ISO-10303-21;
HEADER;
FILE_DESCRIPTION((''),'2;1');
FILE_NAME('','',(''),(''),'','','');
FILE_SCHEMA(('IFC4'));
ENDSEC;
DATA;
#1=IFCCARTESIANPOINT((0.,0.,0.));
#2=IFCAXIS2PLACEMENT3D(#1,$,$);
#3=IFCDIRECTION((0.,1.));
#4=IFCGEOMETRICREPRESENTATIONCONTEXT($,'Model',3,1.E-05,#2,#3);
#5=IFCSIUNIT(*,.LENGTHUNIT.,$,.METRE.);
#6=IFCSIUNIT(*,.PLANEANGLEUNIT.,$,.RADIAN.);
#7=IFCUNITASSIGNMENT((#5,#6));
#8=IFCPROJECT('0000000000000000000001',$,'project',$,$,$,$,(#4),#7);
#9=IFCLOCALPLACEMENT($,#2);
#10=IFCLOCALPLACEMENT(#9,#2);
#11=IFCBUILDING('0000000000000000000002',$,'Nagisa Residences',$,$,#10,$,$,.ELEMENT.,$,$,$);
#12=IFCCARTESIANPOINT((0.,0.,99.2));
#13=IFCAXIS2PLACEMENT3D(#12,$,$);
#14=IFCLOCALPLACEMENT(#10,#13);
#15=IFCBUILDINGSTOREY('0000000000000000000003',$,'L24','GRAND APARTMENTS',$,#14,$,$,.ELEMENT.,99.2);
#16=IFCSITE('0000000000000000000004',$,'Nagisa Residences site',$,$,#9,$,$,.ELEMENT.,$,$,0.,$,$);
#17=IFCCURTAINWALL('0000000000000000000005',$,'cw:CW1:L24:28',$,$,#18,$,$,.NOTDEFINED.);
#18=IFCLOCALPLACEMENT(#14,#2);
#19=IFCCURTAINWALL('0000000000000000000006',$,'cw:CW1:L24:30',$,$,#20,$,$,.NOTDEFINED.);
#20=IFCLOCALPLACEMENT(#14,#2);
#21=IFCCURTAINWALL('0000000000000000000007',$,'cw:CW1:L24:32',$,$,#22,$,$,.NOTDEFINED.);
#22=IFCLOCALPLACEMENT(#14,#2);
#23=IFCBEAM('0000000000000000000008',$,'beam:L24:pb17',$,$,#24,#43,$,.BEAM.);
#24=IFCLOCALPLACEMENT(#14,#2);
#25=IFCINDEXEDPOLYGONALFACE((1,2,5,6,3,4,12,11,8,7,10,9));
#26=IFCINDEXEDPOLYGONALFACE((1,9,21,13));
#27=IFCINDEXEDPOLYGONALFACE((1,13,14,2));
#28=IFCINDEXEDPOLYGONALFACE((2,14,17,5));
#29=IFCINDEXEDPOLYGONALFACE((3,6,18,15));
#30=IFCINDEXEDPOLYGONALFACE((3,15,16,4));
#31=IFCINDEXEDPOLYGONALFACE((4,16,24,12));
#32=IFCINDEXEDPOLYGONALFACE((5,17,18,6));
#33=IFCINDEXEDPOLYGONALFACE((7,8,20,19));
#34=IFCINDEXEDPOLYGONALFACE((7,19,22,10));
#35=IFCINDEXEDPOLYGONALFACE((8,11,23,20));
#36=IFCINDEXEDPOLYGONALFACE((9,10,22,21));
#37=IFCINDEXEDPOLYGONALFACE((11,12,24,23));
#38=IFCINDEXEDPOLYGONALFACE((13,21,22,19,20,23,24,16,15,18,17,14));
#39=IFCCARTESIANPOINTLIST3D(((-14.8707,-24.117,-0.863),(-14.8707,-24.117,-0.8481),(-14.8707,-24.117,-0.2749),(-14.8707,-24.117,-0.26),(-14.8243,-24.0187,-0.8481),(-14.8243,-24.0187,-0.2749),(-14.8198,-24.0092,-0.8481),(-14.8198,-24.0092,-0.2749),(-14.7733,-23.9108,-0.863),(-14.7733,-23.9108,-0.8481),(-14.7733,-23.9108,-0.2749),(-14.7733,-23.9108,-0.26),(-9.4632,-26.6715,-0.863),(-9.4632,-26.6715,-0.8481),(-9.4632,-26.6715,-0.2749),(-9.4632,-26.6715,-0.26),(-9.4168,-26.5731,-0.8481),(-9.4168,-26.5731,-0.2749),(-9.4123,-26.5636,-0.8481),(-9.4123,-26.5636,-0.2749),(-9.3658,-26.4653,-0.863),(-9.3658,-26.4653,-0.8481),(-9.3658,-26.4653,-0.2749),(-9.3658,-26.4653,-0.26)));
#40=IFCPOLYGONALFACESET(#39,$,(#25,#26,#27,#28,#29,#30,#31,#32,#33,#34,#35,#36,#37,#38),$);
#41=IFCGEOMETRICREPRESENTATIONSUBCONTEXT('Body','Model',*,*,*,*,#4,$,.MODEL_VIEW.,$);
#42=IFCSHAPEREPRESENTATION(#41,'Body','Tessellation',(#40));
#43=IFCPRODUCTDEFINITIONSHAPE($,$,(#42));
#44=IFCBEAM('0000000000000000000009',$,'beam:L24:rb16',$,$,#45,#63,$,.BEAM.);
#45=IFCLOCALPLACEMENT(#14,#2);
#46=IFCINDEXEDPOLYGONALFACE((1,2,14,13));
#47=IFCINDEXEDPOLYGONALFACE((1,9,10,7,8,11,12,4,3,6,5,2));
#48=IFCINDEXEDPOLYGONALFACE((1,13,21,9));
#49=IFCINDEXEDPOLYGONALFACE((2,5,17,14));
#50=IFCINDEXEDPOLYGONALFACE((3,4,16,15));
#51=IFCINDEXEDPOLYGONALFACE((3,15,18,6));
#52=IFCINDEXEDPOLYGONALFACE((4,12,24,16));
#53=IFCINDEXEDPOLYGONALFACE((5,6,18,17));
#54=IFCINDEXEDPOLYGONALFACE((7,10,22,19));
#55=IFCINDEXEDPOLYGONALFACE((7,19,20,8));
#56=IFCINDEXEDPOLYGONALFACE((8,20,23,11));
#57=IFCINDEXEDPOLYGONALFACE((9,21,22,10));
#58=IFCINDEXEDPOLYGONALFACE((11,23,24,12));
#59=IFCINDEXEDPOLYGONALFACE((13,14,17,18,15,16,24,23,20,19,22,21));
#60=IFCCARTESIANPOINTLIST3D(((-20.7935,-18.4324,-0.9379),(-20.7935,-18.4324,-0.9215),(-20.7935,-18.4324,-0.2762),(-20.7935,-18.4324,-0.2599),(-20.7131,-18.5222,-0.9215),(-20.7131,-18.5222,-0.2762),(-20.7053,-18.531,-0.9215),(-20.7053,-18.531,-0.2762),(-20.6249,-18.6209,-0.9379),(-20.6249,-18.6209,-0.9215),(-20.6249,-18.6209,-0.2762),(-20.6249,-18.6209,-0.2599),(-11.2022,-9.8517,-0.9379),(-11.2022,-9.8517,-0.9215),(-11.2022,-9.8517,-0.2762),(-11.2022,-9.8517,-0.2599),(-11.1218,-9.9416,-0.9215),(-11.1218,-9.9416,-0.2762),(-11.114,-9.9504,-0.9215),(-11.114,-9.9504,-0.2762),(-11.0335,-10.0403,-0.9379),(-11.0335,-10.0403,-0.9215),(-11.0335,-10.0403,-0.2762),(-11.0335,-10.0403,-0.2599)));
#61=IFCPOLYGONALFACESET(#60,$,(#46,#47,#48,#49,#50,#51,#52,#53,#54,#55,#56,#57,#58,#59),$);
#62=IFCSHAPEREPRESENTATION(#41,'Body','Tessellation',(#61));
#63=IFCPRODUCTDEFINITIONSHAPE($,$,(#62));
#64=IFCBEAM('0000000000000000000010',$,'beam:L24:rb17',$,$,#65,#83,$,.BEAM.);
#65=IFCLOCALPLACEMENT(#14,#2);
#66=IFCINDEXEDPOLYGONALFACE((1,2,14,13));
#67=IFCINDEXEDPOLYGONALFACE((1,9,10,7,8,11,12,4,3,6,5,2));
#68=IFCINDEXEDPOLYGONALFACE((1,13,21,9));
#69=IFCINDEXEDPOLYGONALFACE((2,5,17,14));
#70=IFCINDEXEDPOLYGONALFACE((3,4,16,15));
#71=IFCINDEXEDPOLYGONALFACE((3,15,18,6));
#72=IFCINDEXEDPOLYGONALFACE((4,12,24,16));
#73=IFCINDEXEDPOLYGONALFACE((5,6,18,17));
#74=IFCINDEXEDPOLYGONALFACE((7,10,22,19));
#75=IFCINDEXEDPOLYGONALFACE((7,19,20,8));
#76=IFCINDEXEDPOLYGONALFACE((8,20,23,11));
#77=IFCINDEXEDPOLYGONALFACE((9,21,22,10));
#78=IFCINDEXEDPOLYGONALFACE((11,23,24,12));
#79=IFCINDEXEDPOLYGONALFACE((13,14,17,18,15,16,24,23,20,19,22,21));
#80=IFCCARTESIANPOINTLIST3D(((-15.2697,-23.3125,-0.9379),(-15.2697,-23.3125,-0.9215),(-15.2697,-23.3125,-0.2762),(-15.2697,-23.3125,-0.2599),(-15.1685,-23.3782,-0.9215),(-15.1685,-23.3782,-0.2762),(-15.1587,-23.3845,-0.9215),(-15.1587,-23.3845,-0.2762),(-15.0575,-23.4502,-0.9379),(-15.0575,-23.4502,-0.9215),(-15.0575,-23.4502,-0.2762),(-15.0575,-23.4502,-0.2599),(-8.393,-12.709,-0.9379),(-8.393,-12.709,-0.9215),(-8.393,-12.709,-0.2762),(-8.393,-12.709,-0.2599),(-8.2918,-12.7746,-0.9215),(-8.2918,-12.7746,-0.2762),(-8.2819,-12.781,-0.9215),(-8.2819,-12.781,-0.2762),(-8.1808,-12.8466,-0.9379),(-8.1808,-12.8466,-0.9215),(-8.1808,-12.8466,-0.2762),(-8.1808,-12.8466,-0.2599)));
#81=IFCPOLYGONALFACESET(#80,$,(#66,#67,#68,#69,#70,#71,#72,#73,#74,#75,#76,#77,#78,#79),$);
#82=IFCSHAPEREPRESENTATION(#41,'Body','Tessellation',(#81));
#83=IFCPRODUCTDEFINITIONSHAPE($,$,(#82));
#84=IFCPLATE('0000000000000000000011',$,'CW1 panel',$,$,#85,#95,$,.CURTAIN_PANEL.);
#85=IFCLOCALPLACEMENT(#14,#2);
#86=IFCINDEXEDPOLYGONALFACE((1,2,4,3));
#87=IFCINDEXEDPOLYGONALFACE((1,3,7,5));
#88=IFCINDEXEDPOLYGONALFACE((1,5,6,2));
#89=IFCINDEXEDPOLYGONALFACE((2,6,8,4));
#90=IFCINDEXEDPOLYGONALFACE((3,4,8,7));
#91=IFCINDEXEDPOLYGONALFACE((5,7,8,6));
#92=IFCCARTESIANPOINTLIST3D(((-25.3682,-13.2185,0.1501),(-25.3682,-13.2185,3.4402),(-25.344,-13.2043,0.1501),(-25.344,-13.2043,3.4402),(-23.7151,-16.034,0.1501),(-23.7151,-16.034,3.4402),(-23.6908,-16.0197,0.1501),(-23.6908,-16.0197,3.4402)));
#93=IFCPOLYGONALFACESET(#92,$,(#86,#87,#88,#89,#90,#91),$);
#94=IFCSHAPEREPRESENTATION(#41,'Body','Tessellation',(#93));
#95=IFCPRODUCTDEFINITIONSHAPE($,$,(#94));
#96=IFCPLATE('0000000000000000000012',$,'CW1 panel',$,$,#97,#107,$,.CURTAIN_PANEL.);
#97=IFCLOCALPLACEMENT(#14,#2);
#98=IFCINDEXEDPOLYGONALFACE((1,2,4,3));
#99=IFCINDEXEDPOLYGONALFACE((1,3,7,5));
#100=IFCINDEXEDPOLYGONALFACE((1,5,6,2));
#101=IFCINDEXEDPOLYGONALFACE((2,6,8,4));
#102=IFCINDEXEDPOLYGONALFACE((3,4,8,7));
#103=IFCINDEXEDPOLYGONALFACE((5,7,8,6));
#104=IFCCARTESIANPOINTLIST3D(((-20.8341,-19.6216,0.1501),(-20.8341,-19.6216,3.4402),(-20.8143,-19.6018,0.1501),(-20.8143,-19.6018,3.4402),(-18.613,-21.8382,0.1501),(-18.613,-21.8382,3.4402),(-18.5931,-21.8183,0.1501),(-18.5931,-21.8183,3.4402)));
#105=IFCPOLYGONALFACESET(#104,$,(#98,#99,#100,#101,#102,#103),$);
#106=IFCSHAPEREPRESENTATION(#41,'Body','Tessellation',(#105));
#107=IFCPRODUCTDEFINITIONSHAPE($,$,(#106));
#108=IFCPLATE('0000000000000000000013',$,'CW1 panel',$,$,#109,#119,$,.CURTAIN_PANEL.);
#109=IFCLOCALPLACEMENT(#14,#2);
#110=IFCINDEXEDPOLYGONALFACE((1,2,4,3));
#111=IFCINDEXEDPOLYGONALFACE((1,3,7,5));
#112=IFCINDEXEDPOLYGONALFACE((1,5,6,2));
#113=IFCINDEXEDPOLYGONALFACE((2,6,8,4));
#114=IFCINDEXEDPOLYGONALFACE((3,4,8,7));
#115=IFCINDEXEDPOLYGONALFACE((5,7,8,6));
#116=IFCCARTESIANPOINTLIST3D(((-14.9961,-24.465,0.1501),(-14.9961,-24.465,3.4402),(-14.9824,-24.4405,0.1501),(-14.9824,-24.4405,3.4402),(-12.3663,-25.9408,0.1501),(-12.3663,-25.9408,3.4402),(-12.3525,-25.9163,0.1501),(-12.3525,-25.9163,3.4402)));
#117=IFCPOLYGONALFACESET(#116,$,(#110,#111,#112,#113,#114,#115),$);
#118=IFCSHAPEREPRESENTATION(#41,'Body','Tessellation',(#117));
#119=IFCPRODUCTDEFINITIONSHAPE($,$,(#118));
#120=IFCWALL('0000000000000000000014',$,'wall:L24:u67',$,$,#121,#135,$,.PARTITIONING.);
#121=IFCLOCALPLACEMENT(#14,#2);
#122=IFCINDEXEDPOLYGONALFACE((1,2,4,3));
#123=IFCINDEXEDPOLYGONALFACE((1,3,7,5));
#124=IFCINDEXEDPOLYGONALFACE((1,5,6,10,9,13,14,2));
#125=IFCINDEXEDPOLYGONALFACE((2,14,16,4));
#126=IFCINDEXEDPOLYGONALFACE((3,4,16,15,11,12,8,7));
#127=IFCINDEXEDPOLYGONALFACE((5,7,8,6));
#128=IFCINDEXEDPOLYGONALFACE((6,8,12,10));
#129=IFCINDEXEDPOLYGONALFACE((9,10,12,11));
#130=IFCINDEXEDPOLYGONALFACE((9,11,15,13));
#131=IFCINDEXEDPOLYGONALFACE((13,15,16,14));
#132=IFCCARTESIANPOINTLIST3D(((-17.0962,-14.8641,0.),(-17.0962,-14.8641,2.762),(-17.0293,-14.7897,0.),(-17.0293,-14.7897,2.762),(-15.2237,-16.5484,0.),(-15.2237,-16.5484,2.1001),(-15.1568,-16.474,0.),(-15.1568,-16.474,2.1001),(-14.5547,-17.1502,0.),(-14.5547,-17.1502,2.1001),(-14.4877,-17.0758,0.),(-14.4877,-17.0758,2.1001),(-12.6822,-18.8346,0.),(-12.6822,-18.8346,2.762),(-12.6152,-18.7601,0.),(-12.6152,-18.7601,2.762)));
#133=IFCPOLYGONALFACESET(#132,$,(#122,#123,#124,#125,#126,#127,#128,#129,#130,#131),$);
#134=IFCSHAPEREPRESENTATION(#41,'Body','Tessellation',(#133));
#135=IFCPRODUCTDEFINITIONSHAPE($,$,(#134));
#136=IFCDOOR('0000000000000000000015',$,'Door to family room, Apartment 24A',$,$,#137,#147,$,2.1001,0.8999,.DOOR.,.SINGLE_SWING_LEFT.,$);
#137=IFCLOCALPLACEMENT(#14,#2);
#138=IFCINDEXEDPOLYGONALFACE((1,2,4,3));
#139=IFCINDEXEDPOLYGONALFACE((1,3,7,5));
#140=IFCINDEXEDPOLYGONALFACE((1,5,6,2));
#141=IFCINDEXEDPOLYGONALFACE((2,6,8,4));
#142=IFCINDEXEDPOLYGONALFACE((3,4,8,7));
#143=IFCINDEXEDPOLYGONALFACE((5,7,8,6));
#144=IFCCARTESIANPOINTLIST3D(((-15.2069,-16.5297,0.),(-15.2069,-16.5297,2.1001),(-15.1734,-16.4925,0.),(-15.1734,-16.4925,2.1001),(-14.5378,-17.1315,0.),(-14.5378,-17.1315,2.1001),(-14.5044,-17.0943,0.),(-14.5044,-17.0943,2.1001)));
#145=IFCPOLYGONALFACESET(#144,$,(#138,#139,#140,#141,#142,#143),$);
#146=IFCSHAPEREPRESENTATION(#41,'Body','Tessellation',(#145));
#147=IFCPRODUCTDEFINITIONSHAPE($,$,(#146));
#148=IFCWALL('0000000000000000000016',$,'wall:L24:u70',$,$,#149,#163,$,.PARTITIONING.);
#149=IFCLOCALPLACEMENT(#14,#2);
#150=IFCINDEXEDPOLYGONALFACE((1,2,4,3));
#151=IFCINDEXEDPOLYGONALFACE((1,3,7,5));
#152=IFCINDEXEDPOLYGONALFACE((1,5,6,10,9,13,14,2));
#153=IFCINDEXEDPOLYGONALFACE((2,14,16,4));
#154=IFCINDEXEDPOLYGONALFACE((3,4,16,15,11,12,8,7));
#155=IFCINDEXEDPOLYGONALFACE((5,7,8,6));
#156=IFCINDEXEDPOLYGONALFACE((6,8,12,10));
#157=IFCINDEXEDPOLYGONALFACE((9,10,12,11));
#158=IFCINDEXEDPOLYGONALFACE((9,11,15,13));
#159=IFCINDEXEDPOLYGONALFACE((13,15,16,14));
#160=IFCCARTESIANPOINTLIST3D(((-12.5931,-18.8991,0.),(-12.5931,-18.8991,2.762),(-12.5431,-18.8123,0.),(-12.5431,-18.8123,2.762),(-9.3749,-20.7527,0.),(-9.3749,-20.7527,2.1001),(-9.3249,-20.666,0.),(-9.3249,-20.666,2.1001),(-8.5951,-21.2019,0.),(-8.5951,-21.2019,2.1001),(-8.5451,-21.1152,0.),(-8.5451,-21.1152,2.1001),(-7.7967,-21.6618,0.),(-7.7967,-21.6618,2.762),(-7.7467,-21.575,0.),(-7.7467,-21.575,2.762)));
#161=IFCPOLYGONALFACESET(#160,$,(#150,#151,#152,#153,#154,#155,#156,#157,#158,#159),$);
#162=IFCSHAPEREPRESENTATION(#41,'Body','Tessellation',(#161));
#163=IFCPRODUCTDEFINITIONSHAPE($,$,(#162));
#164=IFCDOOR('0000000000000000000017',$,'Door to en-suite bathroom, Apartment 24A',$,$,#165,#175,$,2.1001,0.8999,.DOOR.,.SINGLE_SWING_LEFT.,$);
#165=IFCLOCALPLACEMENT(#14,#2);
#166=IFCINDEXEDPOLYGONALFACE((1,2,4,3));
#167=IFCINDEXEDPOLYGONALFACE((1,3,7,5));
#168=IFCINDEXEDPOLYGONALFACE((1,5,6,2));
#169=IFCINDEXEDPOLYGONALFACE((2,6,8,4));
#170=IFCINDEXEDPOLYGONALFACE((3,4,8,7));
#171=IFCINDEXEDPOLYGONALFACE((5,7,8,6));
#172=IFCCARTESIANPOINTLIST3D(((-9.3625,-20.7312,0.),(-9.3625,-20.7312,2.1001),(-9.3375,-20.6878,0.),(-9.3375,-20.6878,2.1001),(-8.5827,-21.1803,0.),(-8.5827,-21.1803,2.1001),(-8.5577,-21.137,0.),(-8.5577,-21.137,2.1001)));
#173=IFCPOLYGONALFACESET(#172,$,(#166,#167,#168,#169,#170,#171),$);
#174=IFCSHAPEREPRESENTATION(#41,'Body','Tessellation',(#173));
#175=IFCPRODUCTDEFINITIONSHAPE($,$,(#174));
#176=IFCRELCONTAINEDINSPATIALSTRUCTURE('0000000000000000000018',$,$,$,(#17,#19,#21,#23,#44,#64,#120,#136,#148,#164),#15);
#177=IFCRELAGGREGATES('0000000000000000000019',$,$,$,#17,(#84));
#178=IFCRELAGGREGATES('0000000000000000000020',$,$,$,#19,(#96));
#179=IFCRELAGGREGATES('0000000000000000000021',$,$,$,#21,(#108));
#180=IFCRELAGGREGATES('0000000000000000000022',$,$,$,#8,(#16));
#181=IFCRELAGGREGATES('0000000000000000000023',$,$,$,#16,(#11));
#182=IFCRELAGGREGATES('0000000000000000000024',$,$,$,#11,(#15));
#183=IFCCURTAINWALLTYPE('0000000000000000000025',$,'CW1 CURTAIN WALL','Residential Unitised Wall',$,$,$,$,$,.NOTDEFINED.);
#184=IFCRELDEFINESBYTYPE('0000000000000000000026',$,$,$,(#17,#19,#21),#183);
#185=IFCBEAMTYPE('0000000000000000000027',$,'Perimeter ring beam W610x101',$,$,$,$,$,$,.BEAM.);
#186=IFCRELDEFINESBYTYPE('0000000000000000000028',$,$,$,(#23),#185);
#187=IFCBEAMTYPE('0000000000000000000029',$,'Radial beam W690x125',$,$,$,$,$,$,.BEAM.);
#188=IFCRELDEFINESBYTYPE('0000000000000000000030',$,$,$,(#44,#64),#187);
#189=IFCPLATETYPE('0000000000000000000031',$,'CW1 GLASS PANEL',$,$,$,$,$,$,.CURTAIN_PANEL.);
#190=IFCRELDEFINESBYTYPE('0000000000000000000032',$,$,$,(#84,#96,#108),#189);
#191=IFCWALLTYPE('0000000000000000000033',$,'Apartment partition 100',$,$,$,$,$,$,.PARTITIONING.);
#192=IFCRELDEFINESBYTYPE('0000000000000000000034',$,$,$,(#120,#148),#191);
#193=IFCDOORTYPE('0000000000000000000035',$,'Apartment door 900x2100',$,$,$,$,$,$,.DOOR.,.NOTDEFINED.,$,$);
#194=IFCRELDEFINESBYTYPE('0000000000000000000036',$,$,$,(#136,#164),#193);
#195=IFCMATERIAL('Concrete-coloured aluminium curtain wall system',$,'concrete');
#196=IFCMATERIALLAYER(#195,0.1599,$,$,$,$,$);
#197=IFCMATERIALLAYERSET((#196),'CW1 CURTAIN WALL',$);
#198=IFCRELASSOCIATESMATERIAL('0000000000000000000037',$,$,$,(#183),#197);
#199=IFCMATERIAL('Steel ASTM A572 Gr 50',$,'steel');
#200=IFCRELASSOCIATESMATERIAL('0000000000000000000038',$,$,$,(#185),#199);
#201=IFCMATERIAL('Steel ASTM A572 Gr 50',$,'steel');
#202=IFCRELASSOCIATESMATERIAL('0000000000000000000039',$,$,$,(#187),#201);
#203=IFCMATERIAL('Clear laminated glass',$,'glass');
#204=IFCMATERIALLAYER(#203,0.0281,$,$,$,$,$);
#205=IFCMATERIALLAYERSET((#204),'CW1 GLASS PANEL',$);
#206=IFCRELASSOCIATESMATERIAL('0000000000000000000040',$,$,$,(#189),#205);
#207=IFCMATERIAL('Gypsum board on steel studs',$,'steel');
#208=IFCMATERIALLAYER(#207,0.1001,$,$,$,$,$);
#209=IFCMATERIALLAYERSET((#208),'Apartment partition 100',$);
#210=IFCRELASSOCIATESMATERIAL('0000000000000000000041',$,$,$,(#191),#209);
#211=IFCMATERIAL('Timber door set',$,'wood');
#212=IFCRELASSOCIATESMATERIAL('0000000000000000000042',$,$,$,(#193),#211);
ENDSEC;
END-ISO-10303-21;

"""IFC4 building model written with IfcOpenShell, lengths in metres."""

from ifc_helpers import new_model, si_unit, direction, frame, frame_2d, origin, origin_2d, place, context, subcontext, project, spatial, rectangle, i_section, extrude, material, layer, layer_set, material_profile, profile_set, type_object, element, fill, aggregate, save


model = new_model("IFC4")

# Units and contexts
model_context = context("Model", 3, precision=1e-05, world=origin(), true_north=direction((0.0, 1.0)))
body_context = subcontext(model_context, "Body", "Model", "MODEL_VIEW")
ifc_project = project(units=[si_unit("LENGTHUNIT", "METRE"), si_unit("PLANEANGLEUNIT", "RADIAN")], contexts=[model_context])

# Site, building, storey
site_placement = place(None, origin())
site = spatial("IfcSite", under=ifc_project, at=site_placement, Name="Nagisa Residences site", CompositionType="ELEMENT", RefElevation=0.0)
building_placement = place(site_placement, origin())
building = spatial("IfcBuilding", under=site, at=building_placement, Name="Nagisa Residences", CompositionType="ELEMENT")
storey_placement = place(building_placement, frame((0.0, 0.0, 99.2)))
storey = spatial("IfcBuildingStorey", under=building, at=storey_placement, Name="L24", Description="GRAND APARTMENTS", CompositionType="ELEMENT", Elevation=99.2)

# Curtain walls
ifc_material_1 = material(Name="Concrete-coloured aluminium curtain wall system", Category="concrete")
ifc_layer_1 = layer(ifc_material_1, 0.1599)
ifc_layer_set_1 = layer_set([ifc_layer_1], Name="CW1 CURTAIN WALL")
curtain_wall_type = type_object("IfcCurtainWallType", Name="CW1 CURTAIN WALL", Description="Residential Unitised Wall", PredefinedType="NOTDEFINED", material=ifc_layer_set_1)
curtain_wall_1_placement = place(storey_placement, origin())
curtain_wall_1 = element("IfcCurtainWall", 1, at=curtain_wall_1_placement, inside=storey, type_object=curtain_wall_type, Name="cw:CW1:L24:28", PredefinedType="NOTDEFINED")
curtain_wall_2_placement = place(storey_placement, origin())
curtain_wall_2 = element("IfcCurtainWall", 2, at=curtain_wall_2_placement, inside=storey, type_object=curtain_wall_type, Name="cw:CW1:L24:30", PredefinedType="NOTDEFINED")
curtain_wall_3_placement = place(storey_placement, origin())
curtain_wall_3 = element("IfcCurtainWall", 3, at=curtain_wall_3_placement, inside=storey, type_object=curtain_wall_type, Name="cw:CW1:L24:32", PredefinedType="NOTDEFINED")

# Beams
ifc_material_2 = material(Name="Steel ASTM A572 Gr 50", Category="steel")
ifc_material_profile_1 = material_profile(ifc_material_2, i_section(OverallWidth=0.228, OverallDepth=0.603, WebThickness=0.0105, FlangeThickness=0.0149, at=origin_2d()), Name="W610x101")
ifc_profile_set_1 = profile_set([ifc_material_profile_1], Name="Steel ASTM A572 Gr 50")
beam_type_1 = type_object("IfcBeamType", Name="Perimeter ring beam W610x101", PredefinedType="BEAM", material=ifc_profile_set_1)
beam_1_placement = place(storey_placement, frame((-14.822, -24.0139, -0.5615), z_axis=(0.90419, -0.427131, 0.0), x_axis=(0.427131, 0.90419, 0.0)))
element("IfcBeam", 4, at=beam_1_placement, inside=storey, type_object=beam_type_1, Name="beam:L24:pb17", PredefinedType="BEAM", context=body_context, shape_type="SweptSolid", body=[
    extrude(i_section(OverallWidth=0.228, OverallDepth=0.603, WebThickness=0.0105, FlangeThickness=0.0149, at=origin_2d()), origin(), (0.0, 0.0, 1.0), 5.9805),
])
ifc_material_3 = material(Name="Steel ASTM A572 Gr 50", Category="steel")
ifc_material_profile_2 = material_profile(ifc_material_3, i_section(OverallWidth=0.2529, OverallDepth=0.678, WebThickness=0.0117, FlangeThickness=0.0164, at=origin_2d()), Name="W690x125")
ifc_profile_set_2 = profile_set([ifc_material_profile_2], Name="Steel ASTM A572 Gr 50")
beam_type_2 = type_object("IfcBeamType", Name="Radial beam W690x125", PredefinedType="BEAM", material=ifc_profile_set_2)
beam_2_placement = place(storey_placement, frame((-20.7092, -18.5266, -0.5989), z_axis=(0.745285, 0.666746, 0.0), x_axis=(-0.666746, 0.745285, 0.0)))
element("IfcBeam", 5, at=beam_2_placement, inside=storey, type_object=beam_type_2, Name="beam:L24:rb16", PredefinedType="BEAM", context=body_context, shape_type="SweptSolid", body=[
    extrude(i_section(OverallWidth=0.2529, OverallDepth=0.678, WebThickness=0.0117, FlangeThickness=0.0164, at=origin_2d()), origin(), (0.0, 0.0, 1.0), 12.8694),
])
beam_3_placement = place(storey_placement, frame((-15.1636, -23.3813, -0.5989), z_axis=(0.544122, 0.839006, 0.0), x_axis=(-0.839006, 0.544122, 0.0)))
element("IfcBeam", 6, at=beam_3_placement, inside=storey, type_object=beam_type_2, Name="beam:L24:rb17", PredefinedType="BEAM", context=body_context, shape_type="SweptSolid", body=[
    extrude(i_section(OverallWidth=0.2529, OverallDepth=0.678, WebThickness=0.0117, FlangeThickness=0.0164, at=origin_2d()), origin(), (0.0, 0.0, 1.0), 12.6382),
])

# Plates
ifc_material_4 = material(Name="Clear laminated glass", Category="glass")
ifc_layer_2 = layer(ifc_material_4, 0.0281)
ifc_layer_set_2 = layer_set([ifc_layer_2], Name="CW1 GLASS PANEL")
plate_type = type_object("IfcPlateType", Name="CW1 GLASS PANEL", PredefinedType="CURTAIN_PANEL", material=ifc_layer_set_2)
plate_1_placement = place(storey_placement, frame((-24.5295, -14.6191, 0.1501), z_axis=(0.0, 0.0, 1.0), x_axis=(0.506349, -0.862329, 0.0)))
plate_1 = element("IfcPlate", 7, at=plate_1_placement, type_object=plate_type, Name="CW1 panel", PredefinedType="CURTAIN_PANEL", context=body_context, shape_type="SweptSolid", body=[
    extrude(rectangle(XDim=3.2649, YDim=0.0281, at=origin_2d()), origin(), (0.0, 0.0, 1.0), 3.29),
])
aggregate(curtain_wall_1, [plate_1])
plate_2_placement = place(storey_placement, frame((-19.7136, -20.72, 0.1501), z_axis=(0.0, 0.0, 1.0), x_axis=(0.707836, -0.706377, 0.0)))
plate_2 = element("IfcPlate", 8, at=plate_2_placement, type_object=plate_type, Name="CW1 panel", PredefinedType="CURTAIN_PANEL", context=body_context, shape_type="SweptSolid", body=[
    extrude(rectangle(XDim=3.1379, YDim=0.0281, at=origin_2d()), origin(), (0.0, 0.0, 1.0), 3.29),
])
aggregate(curtain_wall_2, [plate_2])
plate_3_placement = place(storey_placement, frame((-13.6743, -25.1907, 0.1501), z_axis=(0.0, 0.0, 1.0), x_axis=(0.872072, -0.489377, 0.0)))
plate_3 = element("IfcPlate", 9, at=plate_3_placement, type_object=plate_type, Name="CW1 panel", PredefinedType="CURTAIN_PANEL", context=body_context, shape_type="SweptSolid", body=[
    extrude(rectangle(XDim=3.0156, YDim=0.0281, at=origin_2d()), origin(), (0.0, 0.0, 1.0), 3.29),
])
aggregate(curtain_wall_3, [plate_3])

# Walls, openings, doors
ifc_material_5 = material(Name="Gypsum board on steel studs", Category="steel")
ifc_layer_3 = layer(ifc_material_5, 0.1001)
ifc_layer_set_3 = layer_set([ifc_layer_3], Name="Apartment partition 100")
wall_type_1 = type_object("IfcWallType", Name="Apartment partition 100", PredefinedType="PARTITIONING", material=ifc_layer_set_3)
wall_1_placement = place(storey_placement, frame((-17.0627, -14.8269, 0.0), z_axis=(0.0, 0.0, 1.0), x_axis=(0.743478, -0.66876, 0.0)))
wall_1 = element("IfcWall", 10, at=wall_1_placement, inside=storey, type_object=wall_type_1, Name="wall:L24:u67", PredefinedType="PARTITIONING", context=body_context, shape_type="SweptSolid", body=[
    extrude(rectangle(XDim=5.937, YDim=0.1001, at=frame_2d((2.9685, 0.0))), origin(), (0.0, 0.0, 1.0), 2.762),
])
opening_1_placement = place(wall_1_placement, frame((2.5186, 0.0, 0.0)))
opening_1 = element("IfcOpeningElement", 11, at=opening_1_placement, cuts=wall_1, PredefinedType="OPENING", context=body_context, shape_type="SweptSolid", body=[
    extrude(rectangle(XDim=0.8999, YDim=2.1001, at=frame_2d((0.45, 1.05))), frame((0.0, 0.0601, 0.0), z_axis=(0.0, -1.0, 0.0), x_axis=(1.0, 0.0, 0.0)), (0.0, 0.0, 1.0), 0.1201),
])
ifc_material_6 = material(Name="Timber door set", Category="wood")
door_type_1 = type_object("IfcDoorType", Name="Apartment door 900x2100", OperationType="NOTDEFINED", PredefinedType="DOOR", material=ifc_material_6)
door_1_placement = place(opening_1_placement, frame((0.8999, 0.0, 0.0), x_axis=(-1.0, 0.0, 0.0)))
door_1 = element("IfcDoor", 12, at=door_1_placement, inside=storey, type_object=door_type_1, Name="Door to family room, Apartment 24A", OperationType="SINGLE_SWING_LEFT", OverallHeight=2.1001, OverallWidth=0.8999, PredefinedType="DOOR", context=body_context, shape_type="SweptSolid", body=[
    extrude(rectangle(XDim=0.8999, YDim=2.1001, at=frame_2d((0.45, 1.05))), frame((0.0, 0.0249, 0.0), z_axis=(0.0, -1.0, 0.0), x_axis=(1.0, 0.0, 0.0)), (0.0, 0.0, 1.0), 0.05),
])
fill(opening_1, door_1)
wall_2_placement = place(storey_placement, frame((-12.5681, -18.8557, 0.0), z_axis=(0.0, 0.0, 1.0), x_axis=(0.866533, -0.499119, 0.0)))
wall_2 = element("IfcWall", 13, at=wall_2_placement, inside=storey, type_object=wall_type_1, Name="wall:L24:u70", PredefinedType="PARTITIONING", context=body_context, shape_type="SweptSolid", body=[
    extrude(rectangle(XDim=5.5352, YDim=0.1001, at=frame_2d((2.7676, 0.0))), origin(), (0.0, 0.0, 1.0), 2.762),
])
opening_2_placement = place(wall_2_placement, frame((3.7139, 0.0, 0.0)))
opening_2 = element("IfcOpeningElement", 14, at=opening_2_placement, cuts=wall_2, PredefinedType="OPENING", context=body_context, shape_type="SweptSolid", body=[
    extrude(rectangle(XDim=0.8999, YDim=2.1001, at=frame_2d((0.45, 1.05))), frame((0.0, 0.0601, 0.0), z_axis=(0.0, -1.0, 0.0), x_axis=(1.0, 0.0, 0.0)), (0.0, 0.0, 1.0), 0.1201),
])
door_2_placement = place(opening_2_placement, origin())
door_2 = element("IfcDoor", 15, at=door_2_placement, inside=storey, type_object=door_type_1, Name="Door to en-suite bathroom, Apartment 24A", OperationType="SINGLE_SWING_LEFT", OverallHeight=2.1001, OverallWidth=0.8999, PredefinedType="DOOR", context=body_context, shape_type="SweptSolid", body=[
    extrude(rectangle(XDim=0.8999, YDim=2.1001, at=frame_2d((0.45, 1.05))), frame((0.0, 0.0249, 0.0), z_axis=(0.0, -1.0, 0.0), x_axis=(1.0, 0.0, 0.0)), (0.0, 0.0, 1.0), 0.05),
])
fill(opening_2, door_2)

save(model, "model.ifc")
